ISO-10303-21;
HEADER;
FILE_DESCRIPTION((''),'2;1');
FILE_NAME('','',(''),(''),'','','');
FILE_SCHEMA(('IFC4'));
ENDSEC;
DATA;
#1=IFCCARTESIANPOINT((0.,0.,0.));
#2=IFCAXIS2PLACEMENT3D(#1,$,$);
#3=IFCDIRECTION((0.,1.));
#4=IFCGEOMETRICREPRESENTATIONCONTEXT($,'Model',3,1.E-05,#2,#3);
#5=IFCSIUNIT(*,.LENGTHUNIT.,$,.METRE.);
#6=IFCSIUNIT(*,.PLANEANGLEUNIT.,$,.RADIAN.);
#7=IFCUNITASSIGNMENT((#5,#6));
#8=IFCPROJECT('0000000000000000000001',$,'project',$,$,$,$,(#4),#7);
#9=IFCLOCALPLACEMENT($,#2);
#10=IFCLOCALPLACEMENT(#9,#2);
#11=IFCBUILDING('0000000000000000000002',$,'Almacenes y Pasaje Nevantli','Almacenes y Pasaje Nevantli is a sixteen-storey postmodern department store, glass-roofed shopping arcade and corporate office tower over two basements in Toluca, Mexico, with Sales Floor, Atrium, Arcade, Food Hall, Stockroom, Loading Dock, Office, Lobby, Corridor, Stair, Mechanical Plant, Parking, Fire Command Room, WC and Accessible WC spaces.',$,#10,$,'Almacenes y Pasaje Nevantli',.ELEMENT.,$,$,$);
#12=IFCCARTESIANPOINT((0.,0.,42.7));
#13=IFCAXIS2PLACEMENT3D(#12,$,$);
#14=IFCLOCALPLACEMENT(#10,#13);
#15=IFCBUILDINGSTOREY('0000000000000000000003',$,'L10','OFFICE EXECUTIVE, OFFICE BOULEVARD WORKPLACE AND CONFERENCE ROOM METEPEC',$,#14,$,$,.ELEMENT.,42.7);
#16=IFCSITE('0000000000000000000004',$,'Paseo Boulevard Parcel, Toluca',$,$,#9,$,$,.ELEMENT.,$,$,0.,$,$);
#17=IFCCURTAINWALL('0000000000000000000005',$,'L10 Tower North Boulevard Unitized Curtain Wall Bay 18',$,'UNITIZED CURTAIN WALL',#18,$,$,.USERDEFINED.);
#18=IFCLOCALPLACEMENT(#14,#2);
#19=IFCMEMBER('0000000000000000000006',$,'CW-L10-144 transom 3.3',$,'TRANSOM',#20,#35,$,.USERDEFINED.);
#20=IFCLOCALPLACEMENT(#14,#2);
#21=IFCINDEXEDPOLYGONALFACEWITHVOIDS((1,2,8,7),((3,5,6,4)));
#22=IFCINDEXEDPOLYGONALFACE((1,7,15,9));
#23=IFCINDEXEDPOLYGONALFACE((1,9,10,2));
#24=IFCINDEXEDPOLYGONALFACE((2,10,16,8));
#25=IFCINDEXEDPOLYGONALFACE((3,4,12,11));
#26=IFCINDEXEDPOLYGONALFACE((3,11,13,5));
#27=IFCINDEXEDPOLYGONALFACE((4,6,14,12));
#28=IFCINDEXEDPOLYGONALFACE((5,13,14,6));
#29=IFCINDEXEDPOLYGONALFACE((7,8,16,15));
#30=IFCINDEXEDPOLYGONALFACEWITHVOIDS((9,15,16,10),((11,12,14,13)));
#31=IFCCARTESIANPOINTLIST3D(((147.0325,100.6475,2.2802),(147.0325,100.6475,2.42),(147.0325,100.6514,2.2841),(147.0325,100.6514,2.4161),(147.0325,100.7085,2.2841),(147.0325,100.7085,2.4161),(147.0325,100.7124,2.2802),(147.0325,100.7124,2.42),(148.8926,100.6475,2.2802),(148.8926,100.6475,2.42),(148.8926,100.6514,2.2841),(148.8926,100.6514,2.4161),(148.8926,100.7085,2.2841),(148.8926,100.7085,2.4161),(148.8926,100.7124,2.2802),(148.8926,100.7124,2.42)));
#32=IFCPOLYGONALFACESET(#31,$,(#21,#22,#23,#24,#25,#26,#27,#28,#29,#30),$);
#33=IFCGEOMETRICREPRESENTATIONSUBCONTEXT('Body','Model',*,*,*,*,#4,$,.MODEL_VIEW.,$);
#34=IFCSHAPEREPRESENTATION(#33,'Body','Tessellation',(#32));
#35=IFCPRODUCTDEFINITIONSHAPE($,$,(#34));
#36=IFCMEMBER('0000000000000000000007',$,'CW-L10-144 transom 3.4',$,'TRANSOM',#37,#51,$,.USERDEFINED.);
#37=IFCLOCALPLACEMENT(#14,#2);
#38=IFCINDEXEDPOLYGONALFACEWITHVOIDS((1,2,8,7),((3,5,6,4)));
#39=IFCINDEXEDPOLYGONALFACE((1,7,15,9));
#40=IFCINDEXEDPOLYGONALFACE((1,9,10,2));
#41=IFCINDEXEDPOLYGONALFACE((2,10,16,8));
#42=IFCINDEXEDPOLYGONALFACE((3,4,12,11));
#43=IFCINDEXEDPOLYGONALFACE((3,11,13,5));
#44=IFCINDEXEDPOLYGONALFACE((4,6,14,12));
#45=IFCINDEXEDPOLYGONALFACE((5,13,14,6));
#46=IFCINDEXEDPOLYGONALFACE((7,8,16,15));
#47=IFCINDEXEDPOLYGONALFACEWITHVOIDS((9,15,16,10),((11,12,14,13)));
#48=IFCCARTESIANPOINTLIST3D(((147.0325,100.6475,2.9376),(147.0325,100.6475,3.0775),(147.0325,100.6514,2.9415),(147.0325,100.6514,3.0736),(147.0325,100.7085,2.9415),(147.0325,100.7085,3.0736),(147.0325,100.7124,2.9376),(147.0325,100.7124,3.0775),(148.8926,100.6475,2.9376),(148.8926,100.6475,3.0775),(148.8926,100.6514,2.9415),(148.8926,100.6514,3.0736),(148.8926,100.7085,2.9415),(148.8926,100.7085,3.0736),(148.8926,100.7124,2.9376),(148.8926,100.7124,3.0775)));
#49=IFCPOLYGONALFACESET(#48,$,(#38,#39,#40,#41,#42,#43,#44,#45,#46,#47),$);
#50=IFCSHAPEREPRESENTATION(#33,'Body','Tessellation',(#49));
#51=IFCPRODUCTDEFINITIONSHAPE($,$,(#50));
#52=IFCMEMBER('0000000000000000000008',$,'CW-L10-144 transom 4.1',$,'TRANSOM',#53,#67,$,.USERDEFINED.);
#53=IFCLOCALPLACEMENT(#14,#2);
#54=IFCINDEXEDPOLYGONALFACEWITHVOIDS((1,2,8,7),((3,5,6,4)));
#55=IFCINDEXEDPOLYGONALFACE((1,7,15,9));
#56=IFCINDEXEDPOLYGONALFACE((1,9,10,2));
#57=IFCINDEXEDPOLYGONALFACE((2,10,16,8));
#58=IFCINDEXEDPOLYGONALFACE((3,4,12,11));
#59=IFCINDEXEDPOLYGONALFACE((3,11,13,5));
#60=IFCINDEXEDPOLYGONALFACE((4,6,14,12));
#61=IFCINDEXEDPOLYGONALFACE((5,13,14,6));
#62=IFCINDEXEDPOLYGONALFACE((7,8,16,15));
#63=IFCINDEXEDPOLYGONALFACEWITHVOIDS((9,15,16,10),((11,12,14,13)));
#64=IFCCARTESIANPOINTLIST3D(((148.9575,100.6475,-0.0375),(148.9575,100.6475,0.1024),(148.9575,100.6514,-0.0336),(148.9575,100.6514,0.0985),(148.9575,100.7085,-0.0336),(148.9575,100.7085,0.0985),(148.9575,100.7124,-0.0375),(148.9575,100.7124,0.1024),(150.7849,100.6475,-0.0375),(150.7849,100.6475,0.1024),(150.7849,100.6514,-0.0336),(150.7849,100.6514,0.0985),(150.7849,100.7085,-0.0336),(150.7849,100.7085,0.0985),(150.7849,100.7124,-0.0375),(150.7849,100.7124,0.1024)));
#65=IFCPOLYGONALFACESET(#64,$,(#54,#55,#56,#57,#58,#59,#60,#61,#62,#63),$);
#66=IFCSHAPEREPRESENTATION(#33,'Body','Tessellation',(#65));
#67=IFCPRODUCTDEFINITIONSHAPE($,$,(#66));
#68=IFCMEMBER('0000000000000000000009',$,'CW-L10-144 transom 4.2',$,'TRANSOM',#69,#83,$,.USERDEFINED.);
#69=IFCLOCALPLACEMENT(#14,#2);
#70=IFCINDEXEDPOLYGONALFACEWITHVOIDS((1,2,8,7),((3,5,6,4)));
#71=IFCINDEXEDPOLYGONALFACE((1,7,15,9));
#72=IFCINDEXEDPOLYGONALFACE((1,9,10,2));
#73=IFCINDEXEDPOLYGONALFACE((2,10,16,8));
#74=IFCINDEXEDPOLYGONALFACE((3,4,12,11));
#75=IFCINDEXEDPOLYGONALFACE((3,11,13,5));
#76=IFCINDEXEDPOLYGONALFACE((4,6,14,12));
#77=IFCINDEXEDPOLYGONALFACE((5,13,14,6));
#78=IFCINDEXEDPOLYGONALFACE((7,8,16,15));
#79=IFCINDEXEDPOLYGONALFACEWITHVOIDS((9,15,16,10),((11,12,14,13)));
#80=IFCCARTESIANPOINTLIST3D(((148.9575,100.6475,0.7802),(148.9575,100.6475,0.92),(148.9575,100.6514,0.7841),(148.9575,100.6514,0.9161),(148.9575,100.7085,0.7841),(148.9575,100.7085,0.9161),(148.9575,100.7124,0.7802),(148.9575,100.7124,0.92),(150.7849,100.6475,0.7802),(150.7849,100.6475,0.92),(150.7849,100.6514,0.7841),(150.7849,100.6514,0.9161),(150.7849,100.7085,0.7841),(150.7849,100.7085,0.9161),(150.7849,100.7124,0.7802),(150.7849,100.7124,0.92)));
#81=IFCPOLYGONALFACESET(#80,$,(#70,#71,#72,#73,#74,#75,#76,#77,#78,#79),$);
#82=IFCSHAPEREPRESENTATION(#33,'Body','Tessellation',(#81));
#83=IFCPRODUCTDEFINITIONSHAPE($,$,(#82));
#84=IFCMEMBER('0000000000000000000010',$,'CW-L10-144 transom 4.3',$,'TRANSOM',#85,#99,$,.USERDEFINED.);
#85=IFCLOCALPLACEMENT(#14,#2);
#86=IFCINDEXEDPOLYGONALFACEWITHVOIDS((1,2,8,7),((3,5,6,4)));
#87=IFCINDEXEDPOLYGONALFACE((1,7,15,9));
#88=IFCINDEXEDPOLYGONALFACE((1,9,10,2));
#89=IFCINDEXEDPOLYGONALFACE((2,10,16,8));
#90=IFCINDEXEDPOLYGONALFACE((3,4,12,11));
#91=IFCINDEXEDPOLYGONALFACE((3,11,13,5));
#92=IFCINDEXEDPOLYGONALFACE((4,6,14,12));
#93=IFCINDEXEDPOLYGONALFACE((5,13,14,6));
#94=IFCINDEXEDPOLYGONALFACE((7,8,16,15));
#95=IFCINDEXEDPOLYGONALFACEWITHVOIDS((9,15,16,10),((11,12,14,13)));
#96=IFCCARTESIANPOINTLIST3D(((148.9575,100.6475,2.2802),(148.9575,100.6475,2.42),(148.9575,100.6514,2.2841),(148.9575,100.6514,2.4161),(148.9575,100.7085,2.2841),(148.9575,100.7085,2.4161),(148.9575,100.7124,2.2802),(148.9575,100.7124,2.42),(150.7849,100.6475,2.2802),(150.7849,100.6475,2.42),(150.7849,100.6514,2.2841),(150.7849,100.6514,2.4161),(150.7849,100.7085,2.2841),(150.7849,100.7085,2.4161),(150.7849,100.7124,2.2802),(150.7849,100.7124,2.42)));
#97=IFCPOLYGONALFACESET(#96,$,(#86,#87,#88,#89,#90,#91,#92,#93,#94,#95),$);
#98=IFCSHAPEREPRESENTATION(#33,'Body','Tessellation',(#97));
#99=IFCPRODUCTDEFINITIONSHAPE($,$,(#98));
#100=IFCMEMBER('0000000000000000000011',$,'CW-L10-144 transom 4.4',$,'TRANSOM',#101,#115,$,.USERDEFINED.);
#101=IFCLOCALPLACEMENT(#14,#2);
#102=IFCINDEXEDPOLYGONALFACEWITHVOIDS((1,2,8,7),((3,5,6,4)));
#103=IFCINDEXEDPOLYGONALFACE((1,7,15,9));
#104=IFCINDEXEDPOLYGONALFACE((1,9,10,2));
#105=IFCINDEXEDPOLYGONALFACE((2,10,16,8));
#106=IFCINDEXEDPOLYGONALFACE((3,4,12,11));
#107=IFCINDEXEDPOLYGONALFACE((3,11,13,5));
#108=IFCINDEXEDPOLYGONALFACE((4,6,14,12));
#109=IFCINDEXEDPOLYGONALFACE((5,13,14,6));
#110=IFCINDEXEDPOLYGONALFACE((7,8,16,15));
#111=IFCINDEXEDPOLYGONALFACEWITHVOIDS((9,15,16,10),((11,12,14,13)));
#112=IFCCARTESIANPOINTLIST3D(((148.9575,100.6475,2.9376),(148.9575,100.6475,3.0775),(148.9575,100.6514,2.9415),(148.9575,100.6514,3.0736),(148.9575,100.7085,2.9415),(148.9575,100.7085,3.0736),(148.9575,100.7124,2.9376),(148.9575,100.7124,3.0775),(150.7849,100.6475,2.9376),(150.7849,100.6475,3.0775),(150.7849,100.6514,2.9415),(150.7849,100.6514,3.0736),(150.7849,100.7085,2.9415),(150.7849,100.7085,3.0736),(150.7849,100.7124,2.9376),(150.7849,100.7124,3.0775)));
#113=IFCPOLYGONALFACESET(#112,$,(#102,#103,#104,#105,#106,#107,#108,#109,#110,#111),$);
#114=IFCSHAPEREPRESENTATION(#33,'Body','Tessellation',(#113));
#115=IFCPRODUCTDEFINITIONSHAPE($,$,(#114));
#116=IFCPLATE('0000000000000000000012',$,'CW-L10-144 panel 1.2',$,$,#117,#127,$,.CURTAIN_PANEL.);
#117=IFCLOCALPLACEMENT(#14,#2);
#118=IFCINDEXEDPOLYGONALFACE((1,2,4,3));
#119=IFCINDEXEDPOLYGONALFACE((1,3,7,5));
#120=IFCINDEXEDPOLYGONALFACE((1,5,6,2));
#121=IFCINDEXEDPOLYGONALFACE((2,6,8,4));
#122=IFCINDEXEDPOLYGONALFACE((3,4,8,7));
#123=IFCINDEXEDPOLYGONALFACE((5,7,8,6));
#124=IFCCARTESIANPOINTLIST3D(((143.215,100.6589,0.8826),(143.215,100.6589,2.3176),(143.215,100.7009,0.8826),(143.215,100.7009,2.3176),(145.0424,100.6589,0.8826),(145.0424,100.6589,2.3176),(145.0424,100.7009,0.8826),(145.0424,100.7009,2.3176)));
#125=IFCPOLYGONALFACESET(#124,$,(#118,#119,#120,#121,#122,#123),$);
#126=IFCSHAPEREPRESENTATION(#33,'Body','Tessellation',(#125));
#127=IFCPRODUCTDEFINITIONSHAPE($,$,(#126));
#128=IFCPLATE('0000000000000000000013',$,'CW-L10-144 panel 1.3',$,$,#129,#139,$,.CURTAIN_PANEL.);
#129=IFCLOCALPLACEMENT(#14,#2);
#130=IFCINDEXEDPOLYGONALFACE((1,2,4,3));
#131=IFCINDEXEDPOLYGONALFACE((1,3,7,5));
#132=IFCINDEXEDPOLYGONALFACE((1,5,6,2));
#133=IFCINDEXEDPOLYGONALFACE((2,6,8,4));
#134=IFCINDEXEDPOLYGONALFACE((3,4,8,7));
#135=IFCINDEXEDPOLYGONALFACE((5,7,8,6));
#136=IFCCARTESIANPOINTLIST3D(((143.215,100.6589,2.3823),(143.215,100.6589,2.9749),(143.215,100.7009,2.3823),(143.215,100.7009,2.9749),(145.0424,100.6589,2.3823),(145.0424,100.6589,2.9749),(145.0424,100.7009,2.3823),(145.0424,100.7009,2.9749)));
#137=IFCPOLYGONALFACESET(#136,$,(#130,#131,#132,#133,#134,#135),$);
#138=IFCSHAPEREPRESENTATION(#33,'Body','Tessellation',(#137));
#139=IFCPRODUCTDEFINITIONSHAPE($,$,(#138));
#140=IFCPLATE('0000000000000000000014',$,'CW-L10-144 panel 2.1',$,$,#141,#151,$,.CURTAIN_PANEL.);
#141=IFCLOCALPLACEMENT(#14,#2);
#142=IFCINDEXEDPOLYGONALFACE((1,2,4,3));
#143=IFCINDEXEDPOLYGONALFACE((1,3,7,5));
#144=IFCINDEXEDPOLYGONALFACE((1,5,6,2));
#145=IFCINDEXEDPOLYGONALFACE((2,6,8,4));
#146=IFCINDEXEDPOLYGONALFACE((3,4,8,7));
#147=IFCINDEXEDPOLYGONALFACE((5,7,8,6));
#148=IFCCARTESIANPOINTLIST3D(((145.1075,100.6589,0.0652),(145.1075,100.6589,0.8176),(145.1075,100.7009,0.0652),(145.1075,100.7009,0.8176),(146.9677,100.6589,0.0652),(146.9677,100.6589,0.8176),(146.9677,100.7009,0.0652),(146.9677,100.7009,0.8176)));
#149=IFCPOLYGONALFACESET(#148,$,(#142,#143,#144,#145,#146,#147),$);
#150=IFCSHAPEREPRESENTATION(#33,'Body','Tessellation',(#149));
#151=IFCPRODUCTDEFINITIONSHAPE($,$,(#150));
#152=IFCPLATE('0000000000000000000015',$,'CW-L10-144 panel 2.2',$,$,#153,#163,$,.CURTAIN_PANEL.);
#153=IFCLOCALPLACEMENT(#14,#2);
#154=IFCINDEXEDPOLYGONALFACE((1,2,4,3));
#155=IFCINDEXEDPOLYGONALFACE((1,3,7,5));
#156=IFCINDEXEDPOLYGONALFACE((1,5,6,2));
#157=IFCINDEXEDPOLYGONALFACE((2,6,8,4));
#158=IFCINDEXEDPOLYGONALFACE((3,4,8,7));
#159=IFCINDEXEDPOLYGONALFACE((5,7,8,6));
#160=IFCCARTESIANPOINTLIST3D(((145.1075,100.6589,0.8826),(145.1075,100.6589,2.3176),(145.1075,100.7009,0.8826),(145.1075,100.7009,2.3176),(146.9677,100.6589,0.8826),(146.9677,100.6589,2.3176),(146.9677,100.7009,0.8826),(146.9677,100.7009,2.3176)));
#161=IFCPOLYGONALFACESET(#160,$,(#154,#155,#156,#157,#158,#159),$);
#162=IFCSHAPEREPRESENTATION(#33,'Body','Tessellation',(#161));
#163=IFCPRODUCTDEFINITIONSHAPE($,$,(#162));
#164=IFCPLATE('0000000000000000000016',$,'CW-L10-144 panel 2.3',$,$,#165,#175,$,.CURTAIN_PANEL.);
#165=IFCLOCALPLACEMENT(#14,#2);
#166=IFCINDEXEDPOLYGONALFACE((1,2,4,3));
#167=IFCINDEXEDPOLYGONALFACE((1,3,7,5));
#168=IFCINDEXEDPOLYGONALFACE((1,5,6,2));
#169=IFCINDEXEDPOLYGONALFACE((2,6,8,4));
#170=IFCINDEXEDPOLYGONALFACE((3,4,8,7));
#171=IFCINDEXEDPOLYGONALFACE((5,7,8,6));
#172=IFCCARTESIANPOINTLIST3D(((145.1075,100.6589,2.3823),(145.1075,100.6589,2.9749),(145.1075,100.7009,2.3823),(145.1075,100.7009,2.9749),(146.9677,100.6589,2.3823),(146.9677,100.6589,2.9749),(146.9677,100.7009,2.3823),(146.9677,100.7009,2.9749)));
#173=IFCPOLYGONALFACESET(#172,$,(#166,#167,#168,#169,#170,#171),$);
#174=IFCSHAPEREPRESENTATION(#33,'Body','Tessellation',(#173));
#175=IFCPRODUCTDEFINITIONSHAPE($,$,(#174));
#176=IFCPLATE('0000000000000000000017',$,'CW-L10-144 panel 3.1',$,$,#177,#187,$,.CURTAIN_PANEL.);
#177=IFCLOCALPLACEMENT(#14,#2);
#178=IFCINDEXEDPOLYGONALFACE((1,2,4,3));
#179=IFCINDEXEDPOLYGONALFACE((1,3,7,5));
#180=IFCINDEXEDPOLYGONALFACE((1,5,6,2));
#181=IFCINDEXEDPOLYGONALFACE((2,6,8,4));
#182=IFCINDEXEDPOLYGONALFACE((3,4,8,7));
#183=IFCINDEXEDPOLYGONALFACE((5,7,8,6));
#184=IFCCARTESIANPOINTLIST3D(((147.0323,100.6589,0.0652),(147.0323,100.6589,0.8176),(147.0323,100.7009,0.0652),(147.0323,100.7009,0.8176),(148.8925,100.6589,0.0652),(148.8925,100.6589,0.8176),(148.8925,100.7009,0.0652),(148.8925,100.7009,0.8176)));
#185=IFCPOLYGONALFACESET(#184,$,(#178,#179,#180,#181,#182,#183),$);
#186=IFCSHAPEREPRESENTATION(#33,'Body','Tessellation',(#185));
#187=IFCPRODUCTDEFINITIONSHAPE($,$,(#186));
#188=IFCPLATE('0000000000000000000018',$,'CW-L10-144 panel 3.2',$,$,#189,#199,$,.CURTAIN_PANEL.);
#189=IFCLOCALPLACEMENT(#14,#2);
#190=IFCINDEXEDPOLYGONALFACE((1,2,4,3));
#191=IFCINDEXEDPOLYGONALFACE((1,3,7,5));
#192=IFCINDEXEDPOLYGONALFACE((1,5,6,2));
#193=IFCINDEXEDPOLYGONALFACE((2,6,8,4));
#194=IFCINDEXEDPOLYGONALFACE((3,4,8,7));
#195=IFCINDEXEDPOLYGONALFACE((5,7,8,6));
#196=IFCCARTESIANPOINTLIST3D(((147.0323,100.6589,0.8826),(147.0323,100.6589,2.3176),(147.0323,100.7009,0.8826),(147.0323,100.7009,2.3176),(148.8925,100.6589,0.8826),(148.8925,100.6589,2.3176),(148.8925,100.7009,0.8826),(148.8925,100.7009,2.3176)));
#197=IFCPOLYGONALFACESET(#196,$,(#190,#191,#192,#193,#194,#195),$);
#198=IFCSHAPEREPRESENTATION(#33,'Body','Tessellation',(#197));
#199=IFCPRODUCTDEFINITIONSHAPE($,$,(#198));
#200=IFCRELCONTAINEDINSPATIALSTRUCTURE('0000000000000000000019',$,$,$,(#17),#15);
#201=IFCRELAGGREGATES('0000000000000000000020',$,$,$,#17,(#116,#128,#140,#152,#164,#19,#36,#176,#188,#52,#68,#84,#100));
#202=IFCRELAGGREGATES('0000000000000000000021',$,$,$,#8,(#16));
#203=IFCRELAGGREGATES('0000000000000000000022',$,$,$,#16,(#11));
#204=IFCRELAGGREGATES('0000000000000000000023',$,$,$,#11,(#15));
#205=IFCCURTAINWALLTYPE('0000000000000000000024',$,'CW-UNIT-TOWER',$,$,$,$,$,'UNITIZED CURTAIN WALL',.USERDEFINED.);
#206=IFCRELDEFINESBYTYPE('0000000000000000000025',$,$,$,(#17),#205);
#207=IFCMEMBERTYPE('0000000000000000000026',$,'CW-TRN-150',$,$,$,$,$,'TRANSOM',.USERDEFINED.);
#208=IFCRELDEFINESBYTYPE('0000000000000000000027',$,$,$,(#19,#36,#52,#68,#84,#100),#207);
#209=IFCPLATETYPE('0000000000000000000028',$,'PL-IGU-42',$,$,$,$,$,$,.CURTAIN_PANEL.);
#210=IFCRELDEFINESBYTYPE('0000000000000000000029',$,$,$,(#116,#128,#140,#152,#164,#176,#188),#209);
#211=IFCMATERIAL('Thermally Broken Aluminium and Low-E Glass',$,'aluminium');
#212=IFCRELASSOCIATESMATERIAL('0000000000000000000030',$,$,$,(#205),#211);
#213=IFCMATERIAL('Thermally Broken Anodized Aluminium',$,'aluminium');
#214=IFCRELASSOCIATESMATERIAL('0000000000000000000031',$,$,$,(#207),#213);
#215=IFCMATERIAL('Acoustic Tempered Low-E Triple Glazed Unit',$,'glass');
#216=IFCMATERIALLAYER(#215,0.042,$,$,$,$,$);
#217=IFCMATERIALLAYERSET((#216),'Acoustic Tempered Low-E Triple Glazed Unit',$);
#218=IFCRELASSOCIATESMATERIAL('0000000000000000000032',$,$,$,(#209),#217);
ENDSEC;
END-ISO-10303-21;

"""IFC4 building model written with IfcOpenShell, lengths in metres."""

from ifc_helpers import new_model, si_unit, direction, frame, origin, origin_2d, place, context, subcontext, project, spatial, rectangle, hollow_rectangle, extrude, material, layer, layer_set, material_profile, profile_set, type_object, element, aggregate, save


model = new_model("IFC4")

# Units and contexts
model_context = context("Model", 3, precision=1e-05, world=origin(), true_north=direction((0.0, 1.0)))
body_context = subcontext(model_context, "Body", "Model", "MODEL_VIEW")
ifc_project = project(units=[si_unit("LENGTHUNIT", "METRE"), si_unit("PLANEANGLEUNIT", "RADIAN")], contexts=[model_context])

# Site, building, storey
site_placement = place(None, origin())
site = spatial("IfcSite", under=ifc_project, at=site_placement, Name="Paseo Boulevard Parcel, Toluca", CompositionType="ELEMENT", RefElevation=0.0)
building_placement = place(site_placement, origin())
building = spatial("IfcBuilding", under=site, at=building_placement, Name="Almacenes y Pasaje Nevantli", Description="Almacenes y Pasaje Nevantli is a sixteen-storey postmodern department store, glass-roofed shopping arcade and corporate office tower over two basements in Toluca, Mexico, with Sales Floor, Atrium, Arcade, Food Hall, Stockroom, Loading Dock, Office, Lobby, Corridor, Stair, Mechanical Plant, Parking, Fire Command Room, WC and Accessible WC spaces.", LongName="Almacenes y Pasaje Nevantli", CompositionType="ELEMENT")
storey_placement = place(building_placement, frame((0.0, 0.0, 42.7)))
storey = spatial("IfcBuildingStorey", under=building, at=storey_placement, Name="L10", Description="OFFICE EXECUTIVE, OFFICE BOULEVARD WORKPLACE AND CONFERENCE ROOM METEPEC", CompositionType="ELEMENT", Elevation=42.7)

# Curtain wall, members, plates
ifc_material_1 = material(Name="Thermally Broken Aluminium and Low-E Glass", Category="aluminium")
curtain_wall_type = type_object("IfcCurtainWallType", Name="CW-UNIT-TOWER", ElementType="UNITIZED CURTAIN WALL", PredefinedType="USERDEFINED", material=ifc_material_1)
curtain_wall_placement = place(storey_placement, origin())
curtain_wall = element("IfcCurtainWall", 1, at=curtain_wall_placement, inside=storey, type_object=curtain_wall_type, Name="L10 Tower North Boulevard Unitized Curtain Wall Bay 18", ObjectType="UNITIZED CURTAIN WALL", PredefinedType="USERDEFINED")
ifc_material_2 = material(Name="Thermally Broken Anodized Aluminium", Category="aluminium")
ifc_material_profile_1 = material_profile(ifc_material_2, hollow_rectangle(XDim=0.0649, YDim=0.1399, WallThickness=0.0039, at=origin_2d()), Name="ALU-TRN-65x140")
ifc_profile_set_1 = profile_set([ifc_material_profile_1], Name="Thermally Broken Anodized Aluminium")
member_type_1 = type_object("IfcMemberType", Name="CW-TRN-150", ElementType="TRANSOM", PredefinedType="USERDEFINED", material=ifc_profile_set_1)
member_1_placement = place(storey_placement, frame((147.0325, 100.6799, 2.3501), z_axis=(1.0, 0.0, 0.0), x_axis=(0.0, 1.0, 0.0)))
member_1 = element("IfcMember", 2, at=member_1_placement, type_object=member_type_1, Name="CW-L10-144 transom 3.3", ObjectType="TRANSOM", PredefinedType="USERDEFINED", context=body_context, shape_type="SweptSolid", body=[
    extrude(hollow_rectangle(XDim=0.0649, YDim=0.1399, WallThickness=0.0039, at=origin_2d()), origin(), (0.0, 0.0, 1.0), 1.8601),
])
member_2_placement = place(storey_placement, frame((147.0325, 100.6799, 3.0076), z_axis=(1.0, 0.0, 0.0), x_axis=(0.0, 1.0, 0.0)))
member_2 = element("IfcMember", 3, at=member_2_placement, type_object=member_type_1, Name="CW-L10-144 transom 3.4", ObjectType="TRANSOM", PredefinedType="USERDEFINED", context=body_context, shape_type="SweptSolid", body=[
    extrude(hollow_rectangle(XDim=0.0649, YDim=0.1399, WallThickness=0.0039, at=origin_2d()), origin(), (0.0, 0.0, 1.0), 1.8601),
])
member_3_placement = place(storey_placement, frame((148.9575, 100.6799, 0.0325), z_axis=(1.0, 0.0, 0.0), x_axis=(0.0, 1.0, 0.0)))
member_3 = element("IfcMember", 4, at=member_3_placement, type_object=member_type_1, Name="CW-L10-144 transom 4.1", ObjectType="TRANSOM", PredefinedType="USERDEFINED", context=body_context, shape_type="SweptSolid", body=[
    extrude(hollow_rectangle(XDim=0.0649, YDim=0.1399, WallThickness=0.0039, at=origin_2d()), origin(), (0.0, 0.0, 1.0), 1.8274),
])
member_4_placement = place(storey_placement, frame((148.9575, 100.6799, 0.8501), z_axis=(1.0, 0.0, 0.0), x_axis=(0.0, 1.0, 0.0)))
member_4 = element("IfcMember", 5, at=member_4_placement, type_object=member_type_1, Name="CW-L10-144 transom 4.2", ObjectType="TRANSOM", PredefinedType="USERDEFINED", context=body_context, shape_type="SweptSolid", body=[
    extrude(hollow_rectangle(XDim=0.0649, YDim=0.1399, WallThickness=0.0039, at=origin_2d()), origin(), (0.0, 0.0, 1.0), 1.8274),
])
member_5_placement = place(storey_placement, frame((148.9575, 100.6799, 2.3501), z_axis=(1.0, 0.0, 0.0), x_axis=(0.0, 1.0, 0.0)))
member_5 = element("IfcMember", 6, at=member_5_placement, type_object=member_type_1, Name="CW-L10-144 transom 4.3", ObjectType="TRANSOM", PredefinedType="USERDEFINED", context=body_context, shape_type="SweptSolid", body=[
    extrude(hollow_rectangle(XDim=0.0649, YDim=0.1399, WallThickness=0.0039, at=origin_2d()), origin(), (0.0, 0.0, 1.0), 1.8274),
])
member_6_placement = place(storey_placement, frame((148.9575, 100.6799, 3.0076), z_axis=(1.0, 0.0, 0.0), x_axis=(0.0, 1.0, 0.0)))
member_6 = element("IfcMember", 7, at=member_6_placement, type_object=member_type_1, Name="CW-L10-144 transom 4.4", ObjectType="TRANSOM", PredefinedType="USERDEFINED", context=body_context, shape_type="SweptSolid", body=[
    extrude(hollow_rectangle(XDim=0.0649, YDim=0.1399, WallThickness=0.0039, at=origin_2d()), origin(), (0.0, 0.0, 1.0), 1.8274),
])
ifc_material_3 = material(Name="Acoustic Tempered Low-E Triple Glazed Unit", Category="glass")
ifc_layer = layer(ifc_material_3, 0.042)
ifc_layer_set = layer_set([ifc_layer], Name="Acoustic Tempered Low-E Triple Glazed Unit")
plate_type = type_object("IfcPlateType", Name="PL-IGU-42", PredefinedType="CURTAIN_PANEL", material=ifc_layer_set)
plate_1_placement = place(storey_placement, frame((144.1287, 100.6799, 0.8826), z_axis=(0.0, 0.0, 1.0), x_axis=(1.0, 0.0, 0.0)))
plate_1 = element("IfcPlate", 8, at=plate_1_placement, type_object=plate_type, Name="CW-L10-144 panel 1.2", PredefinedType="CURTAIN_PANEL", context=body_context, shape_type="SweptSolid", body=[
    extrude(rectangle(XDim=1.8274, YDim=0.042, at=origin_2d()), origin(), (0.0, 0.0, 1.0), 1.4351),
])
plate_2_placement = place(storey_placement, frame((144.1287, 100.6799, 2.3823), z_axis=(0.0, 0.0, 1.0), x_axis=(1.0, 0.0, 0.0)))
plate_2 = element("IfcPlate", 9, at=plate_2_placement, type_object=plate_type, Name="CW-L10-144 panel 1.3", PredefinedType="CURTAIN_PANEL", context=body_context, shape_type="SweptSolid", body=[
    extrude(rectangle(XDim=1.8274, YDim=0.042, at=origin_2d()), origin(), (0.0, 0.0, 1.0), 0.5925),
])
plate_3_placement = place(storey_placement, frame((146.0376, 100.6799, 0.0652), z_axis=(0.0, 0.0, 1.0), x_axis=(1.0, 0.0, 0.0)))
plate_3 = element("IfcPlate", 10, at=plate_3_placement, type_object=plate_type, Name="CW-L10-144 panel 2.1", PredefinedType="CURTAIN_PANEL", context=body_context, shape_type="SweptSolid", body=[
    extrude(rectangle(XDim=1.8601, YDim=0.042, at=origin_2d()), origin(), (0.0, 0.0, 1.0), 0.7524),
])
plate_4_placement = place(storey_placement, frame((146.0376, 100.6799, 0.8826), z_axis=(0.0, 0.0, 1.0), x_axis=(1.0, 0.0, 0.0)))
plate_4 = element("IfcPlate", 11, at=plate_4_placement, type_object=plate_type, Name="CW-L10-144 panel 2.2", PredefinedType="CURTAIN_PANEL", context=body_context, shape_type="SweptSolid", body=[
    extrude(rectangle(XDim=1.8601, YDim=0.042, at=origin_2d()), origin(), (0.0, 0.0, 1.0), 1.4351),
])
plate_5_placement = place(storey_placement, frame((146.0376, 100.6799, 2.3823), z_axis=(0.0, 0.0, 1.0), x_axis=(1.0, 0.0, 0.0)))
plate_5 = element("IfcPlate", 12, at=plate_5_placement, type_object=plate_type, Name="CW-L10-144 panel 2.3", PredefinedType="CURTAIN_PANEL", context=body_context, shape_type="SweptSolid", body=[
    extrude(rectangle(XDim=1.8601, YDim=0.042, at=origin_2d()), origin(), (0.0, 0.0, 1.0), 0.5925),
])
plate_6_placement = place(storey_placement, frame((147.9624, 100.6799, 0.0652), z_axis=(0.0, 0.0, 1.0), x_axis=(1.0, 0.0, 0.0)))
plate_6 = element("IfcPlate", 13, at=plate_6_placement, type_object=plate_type, Name="CW-L10-144 panel 3.1", PredefinedType="CURTAIN_PANEL", context=body_context, shape_type="SweptSolid", body=[
    extrude(rectangle(XDim=1.8601, YDim=0.042, at=origin_2d()), origin(), (0.0, 0.0, 1.0), 0.7524),
])
plate_7_placement = place(storey_placement, frame((147.9624, 100.6799, 0.8826), z_axis=(0.0, 0.0, 1.0), x_axis=(1.0, 0.0, 0.0)))
plate_7 = element("IfcPlate", 14, at=plate_7_placement, type_object=plate_type, Name="CW-L10-144 panel 3.2", PredefinedType="CURTAIN_PANEL", context=body_context, shape_type="SweptSolid", body=[
    extrude(rectangle(XDim=1.8601, YDim=0.042, at=origin_2d()), origin(), (0.0, 0.0, 1.0), 1.4351),
])
aggregate(curtain_wall, [plate_1, plate_2, plate_3, plate_4, plate_5, member_1, member_2, plate_6, plate_7, member_3, member_4, member_5, member_6])

save(model, "model.ifc")
